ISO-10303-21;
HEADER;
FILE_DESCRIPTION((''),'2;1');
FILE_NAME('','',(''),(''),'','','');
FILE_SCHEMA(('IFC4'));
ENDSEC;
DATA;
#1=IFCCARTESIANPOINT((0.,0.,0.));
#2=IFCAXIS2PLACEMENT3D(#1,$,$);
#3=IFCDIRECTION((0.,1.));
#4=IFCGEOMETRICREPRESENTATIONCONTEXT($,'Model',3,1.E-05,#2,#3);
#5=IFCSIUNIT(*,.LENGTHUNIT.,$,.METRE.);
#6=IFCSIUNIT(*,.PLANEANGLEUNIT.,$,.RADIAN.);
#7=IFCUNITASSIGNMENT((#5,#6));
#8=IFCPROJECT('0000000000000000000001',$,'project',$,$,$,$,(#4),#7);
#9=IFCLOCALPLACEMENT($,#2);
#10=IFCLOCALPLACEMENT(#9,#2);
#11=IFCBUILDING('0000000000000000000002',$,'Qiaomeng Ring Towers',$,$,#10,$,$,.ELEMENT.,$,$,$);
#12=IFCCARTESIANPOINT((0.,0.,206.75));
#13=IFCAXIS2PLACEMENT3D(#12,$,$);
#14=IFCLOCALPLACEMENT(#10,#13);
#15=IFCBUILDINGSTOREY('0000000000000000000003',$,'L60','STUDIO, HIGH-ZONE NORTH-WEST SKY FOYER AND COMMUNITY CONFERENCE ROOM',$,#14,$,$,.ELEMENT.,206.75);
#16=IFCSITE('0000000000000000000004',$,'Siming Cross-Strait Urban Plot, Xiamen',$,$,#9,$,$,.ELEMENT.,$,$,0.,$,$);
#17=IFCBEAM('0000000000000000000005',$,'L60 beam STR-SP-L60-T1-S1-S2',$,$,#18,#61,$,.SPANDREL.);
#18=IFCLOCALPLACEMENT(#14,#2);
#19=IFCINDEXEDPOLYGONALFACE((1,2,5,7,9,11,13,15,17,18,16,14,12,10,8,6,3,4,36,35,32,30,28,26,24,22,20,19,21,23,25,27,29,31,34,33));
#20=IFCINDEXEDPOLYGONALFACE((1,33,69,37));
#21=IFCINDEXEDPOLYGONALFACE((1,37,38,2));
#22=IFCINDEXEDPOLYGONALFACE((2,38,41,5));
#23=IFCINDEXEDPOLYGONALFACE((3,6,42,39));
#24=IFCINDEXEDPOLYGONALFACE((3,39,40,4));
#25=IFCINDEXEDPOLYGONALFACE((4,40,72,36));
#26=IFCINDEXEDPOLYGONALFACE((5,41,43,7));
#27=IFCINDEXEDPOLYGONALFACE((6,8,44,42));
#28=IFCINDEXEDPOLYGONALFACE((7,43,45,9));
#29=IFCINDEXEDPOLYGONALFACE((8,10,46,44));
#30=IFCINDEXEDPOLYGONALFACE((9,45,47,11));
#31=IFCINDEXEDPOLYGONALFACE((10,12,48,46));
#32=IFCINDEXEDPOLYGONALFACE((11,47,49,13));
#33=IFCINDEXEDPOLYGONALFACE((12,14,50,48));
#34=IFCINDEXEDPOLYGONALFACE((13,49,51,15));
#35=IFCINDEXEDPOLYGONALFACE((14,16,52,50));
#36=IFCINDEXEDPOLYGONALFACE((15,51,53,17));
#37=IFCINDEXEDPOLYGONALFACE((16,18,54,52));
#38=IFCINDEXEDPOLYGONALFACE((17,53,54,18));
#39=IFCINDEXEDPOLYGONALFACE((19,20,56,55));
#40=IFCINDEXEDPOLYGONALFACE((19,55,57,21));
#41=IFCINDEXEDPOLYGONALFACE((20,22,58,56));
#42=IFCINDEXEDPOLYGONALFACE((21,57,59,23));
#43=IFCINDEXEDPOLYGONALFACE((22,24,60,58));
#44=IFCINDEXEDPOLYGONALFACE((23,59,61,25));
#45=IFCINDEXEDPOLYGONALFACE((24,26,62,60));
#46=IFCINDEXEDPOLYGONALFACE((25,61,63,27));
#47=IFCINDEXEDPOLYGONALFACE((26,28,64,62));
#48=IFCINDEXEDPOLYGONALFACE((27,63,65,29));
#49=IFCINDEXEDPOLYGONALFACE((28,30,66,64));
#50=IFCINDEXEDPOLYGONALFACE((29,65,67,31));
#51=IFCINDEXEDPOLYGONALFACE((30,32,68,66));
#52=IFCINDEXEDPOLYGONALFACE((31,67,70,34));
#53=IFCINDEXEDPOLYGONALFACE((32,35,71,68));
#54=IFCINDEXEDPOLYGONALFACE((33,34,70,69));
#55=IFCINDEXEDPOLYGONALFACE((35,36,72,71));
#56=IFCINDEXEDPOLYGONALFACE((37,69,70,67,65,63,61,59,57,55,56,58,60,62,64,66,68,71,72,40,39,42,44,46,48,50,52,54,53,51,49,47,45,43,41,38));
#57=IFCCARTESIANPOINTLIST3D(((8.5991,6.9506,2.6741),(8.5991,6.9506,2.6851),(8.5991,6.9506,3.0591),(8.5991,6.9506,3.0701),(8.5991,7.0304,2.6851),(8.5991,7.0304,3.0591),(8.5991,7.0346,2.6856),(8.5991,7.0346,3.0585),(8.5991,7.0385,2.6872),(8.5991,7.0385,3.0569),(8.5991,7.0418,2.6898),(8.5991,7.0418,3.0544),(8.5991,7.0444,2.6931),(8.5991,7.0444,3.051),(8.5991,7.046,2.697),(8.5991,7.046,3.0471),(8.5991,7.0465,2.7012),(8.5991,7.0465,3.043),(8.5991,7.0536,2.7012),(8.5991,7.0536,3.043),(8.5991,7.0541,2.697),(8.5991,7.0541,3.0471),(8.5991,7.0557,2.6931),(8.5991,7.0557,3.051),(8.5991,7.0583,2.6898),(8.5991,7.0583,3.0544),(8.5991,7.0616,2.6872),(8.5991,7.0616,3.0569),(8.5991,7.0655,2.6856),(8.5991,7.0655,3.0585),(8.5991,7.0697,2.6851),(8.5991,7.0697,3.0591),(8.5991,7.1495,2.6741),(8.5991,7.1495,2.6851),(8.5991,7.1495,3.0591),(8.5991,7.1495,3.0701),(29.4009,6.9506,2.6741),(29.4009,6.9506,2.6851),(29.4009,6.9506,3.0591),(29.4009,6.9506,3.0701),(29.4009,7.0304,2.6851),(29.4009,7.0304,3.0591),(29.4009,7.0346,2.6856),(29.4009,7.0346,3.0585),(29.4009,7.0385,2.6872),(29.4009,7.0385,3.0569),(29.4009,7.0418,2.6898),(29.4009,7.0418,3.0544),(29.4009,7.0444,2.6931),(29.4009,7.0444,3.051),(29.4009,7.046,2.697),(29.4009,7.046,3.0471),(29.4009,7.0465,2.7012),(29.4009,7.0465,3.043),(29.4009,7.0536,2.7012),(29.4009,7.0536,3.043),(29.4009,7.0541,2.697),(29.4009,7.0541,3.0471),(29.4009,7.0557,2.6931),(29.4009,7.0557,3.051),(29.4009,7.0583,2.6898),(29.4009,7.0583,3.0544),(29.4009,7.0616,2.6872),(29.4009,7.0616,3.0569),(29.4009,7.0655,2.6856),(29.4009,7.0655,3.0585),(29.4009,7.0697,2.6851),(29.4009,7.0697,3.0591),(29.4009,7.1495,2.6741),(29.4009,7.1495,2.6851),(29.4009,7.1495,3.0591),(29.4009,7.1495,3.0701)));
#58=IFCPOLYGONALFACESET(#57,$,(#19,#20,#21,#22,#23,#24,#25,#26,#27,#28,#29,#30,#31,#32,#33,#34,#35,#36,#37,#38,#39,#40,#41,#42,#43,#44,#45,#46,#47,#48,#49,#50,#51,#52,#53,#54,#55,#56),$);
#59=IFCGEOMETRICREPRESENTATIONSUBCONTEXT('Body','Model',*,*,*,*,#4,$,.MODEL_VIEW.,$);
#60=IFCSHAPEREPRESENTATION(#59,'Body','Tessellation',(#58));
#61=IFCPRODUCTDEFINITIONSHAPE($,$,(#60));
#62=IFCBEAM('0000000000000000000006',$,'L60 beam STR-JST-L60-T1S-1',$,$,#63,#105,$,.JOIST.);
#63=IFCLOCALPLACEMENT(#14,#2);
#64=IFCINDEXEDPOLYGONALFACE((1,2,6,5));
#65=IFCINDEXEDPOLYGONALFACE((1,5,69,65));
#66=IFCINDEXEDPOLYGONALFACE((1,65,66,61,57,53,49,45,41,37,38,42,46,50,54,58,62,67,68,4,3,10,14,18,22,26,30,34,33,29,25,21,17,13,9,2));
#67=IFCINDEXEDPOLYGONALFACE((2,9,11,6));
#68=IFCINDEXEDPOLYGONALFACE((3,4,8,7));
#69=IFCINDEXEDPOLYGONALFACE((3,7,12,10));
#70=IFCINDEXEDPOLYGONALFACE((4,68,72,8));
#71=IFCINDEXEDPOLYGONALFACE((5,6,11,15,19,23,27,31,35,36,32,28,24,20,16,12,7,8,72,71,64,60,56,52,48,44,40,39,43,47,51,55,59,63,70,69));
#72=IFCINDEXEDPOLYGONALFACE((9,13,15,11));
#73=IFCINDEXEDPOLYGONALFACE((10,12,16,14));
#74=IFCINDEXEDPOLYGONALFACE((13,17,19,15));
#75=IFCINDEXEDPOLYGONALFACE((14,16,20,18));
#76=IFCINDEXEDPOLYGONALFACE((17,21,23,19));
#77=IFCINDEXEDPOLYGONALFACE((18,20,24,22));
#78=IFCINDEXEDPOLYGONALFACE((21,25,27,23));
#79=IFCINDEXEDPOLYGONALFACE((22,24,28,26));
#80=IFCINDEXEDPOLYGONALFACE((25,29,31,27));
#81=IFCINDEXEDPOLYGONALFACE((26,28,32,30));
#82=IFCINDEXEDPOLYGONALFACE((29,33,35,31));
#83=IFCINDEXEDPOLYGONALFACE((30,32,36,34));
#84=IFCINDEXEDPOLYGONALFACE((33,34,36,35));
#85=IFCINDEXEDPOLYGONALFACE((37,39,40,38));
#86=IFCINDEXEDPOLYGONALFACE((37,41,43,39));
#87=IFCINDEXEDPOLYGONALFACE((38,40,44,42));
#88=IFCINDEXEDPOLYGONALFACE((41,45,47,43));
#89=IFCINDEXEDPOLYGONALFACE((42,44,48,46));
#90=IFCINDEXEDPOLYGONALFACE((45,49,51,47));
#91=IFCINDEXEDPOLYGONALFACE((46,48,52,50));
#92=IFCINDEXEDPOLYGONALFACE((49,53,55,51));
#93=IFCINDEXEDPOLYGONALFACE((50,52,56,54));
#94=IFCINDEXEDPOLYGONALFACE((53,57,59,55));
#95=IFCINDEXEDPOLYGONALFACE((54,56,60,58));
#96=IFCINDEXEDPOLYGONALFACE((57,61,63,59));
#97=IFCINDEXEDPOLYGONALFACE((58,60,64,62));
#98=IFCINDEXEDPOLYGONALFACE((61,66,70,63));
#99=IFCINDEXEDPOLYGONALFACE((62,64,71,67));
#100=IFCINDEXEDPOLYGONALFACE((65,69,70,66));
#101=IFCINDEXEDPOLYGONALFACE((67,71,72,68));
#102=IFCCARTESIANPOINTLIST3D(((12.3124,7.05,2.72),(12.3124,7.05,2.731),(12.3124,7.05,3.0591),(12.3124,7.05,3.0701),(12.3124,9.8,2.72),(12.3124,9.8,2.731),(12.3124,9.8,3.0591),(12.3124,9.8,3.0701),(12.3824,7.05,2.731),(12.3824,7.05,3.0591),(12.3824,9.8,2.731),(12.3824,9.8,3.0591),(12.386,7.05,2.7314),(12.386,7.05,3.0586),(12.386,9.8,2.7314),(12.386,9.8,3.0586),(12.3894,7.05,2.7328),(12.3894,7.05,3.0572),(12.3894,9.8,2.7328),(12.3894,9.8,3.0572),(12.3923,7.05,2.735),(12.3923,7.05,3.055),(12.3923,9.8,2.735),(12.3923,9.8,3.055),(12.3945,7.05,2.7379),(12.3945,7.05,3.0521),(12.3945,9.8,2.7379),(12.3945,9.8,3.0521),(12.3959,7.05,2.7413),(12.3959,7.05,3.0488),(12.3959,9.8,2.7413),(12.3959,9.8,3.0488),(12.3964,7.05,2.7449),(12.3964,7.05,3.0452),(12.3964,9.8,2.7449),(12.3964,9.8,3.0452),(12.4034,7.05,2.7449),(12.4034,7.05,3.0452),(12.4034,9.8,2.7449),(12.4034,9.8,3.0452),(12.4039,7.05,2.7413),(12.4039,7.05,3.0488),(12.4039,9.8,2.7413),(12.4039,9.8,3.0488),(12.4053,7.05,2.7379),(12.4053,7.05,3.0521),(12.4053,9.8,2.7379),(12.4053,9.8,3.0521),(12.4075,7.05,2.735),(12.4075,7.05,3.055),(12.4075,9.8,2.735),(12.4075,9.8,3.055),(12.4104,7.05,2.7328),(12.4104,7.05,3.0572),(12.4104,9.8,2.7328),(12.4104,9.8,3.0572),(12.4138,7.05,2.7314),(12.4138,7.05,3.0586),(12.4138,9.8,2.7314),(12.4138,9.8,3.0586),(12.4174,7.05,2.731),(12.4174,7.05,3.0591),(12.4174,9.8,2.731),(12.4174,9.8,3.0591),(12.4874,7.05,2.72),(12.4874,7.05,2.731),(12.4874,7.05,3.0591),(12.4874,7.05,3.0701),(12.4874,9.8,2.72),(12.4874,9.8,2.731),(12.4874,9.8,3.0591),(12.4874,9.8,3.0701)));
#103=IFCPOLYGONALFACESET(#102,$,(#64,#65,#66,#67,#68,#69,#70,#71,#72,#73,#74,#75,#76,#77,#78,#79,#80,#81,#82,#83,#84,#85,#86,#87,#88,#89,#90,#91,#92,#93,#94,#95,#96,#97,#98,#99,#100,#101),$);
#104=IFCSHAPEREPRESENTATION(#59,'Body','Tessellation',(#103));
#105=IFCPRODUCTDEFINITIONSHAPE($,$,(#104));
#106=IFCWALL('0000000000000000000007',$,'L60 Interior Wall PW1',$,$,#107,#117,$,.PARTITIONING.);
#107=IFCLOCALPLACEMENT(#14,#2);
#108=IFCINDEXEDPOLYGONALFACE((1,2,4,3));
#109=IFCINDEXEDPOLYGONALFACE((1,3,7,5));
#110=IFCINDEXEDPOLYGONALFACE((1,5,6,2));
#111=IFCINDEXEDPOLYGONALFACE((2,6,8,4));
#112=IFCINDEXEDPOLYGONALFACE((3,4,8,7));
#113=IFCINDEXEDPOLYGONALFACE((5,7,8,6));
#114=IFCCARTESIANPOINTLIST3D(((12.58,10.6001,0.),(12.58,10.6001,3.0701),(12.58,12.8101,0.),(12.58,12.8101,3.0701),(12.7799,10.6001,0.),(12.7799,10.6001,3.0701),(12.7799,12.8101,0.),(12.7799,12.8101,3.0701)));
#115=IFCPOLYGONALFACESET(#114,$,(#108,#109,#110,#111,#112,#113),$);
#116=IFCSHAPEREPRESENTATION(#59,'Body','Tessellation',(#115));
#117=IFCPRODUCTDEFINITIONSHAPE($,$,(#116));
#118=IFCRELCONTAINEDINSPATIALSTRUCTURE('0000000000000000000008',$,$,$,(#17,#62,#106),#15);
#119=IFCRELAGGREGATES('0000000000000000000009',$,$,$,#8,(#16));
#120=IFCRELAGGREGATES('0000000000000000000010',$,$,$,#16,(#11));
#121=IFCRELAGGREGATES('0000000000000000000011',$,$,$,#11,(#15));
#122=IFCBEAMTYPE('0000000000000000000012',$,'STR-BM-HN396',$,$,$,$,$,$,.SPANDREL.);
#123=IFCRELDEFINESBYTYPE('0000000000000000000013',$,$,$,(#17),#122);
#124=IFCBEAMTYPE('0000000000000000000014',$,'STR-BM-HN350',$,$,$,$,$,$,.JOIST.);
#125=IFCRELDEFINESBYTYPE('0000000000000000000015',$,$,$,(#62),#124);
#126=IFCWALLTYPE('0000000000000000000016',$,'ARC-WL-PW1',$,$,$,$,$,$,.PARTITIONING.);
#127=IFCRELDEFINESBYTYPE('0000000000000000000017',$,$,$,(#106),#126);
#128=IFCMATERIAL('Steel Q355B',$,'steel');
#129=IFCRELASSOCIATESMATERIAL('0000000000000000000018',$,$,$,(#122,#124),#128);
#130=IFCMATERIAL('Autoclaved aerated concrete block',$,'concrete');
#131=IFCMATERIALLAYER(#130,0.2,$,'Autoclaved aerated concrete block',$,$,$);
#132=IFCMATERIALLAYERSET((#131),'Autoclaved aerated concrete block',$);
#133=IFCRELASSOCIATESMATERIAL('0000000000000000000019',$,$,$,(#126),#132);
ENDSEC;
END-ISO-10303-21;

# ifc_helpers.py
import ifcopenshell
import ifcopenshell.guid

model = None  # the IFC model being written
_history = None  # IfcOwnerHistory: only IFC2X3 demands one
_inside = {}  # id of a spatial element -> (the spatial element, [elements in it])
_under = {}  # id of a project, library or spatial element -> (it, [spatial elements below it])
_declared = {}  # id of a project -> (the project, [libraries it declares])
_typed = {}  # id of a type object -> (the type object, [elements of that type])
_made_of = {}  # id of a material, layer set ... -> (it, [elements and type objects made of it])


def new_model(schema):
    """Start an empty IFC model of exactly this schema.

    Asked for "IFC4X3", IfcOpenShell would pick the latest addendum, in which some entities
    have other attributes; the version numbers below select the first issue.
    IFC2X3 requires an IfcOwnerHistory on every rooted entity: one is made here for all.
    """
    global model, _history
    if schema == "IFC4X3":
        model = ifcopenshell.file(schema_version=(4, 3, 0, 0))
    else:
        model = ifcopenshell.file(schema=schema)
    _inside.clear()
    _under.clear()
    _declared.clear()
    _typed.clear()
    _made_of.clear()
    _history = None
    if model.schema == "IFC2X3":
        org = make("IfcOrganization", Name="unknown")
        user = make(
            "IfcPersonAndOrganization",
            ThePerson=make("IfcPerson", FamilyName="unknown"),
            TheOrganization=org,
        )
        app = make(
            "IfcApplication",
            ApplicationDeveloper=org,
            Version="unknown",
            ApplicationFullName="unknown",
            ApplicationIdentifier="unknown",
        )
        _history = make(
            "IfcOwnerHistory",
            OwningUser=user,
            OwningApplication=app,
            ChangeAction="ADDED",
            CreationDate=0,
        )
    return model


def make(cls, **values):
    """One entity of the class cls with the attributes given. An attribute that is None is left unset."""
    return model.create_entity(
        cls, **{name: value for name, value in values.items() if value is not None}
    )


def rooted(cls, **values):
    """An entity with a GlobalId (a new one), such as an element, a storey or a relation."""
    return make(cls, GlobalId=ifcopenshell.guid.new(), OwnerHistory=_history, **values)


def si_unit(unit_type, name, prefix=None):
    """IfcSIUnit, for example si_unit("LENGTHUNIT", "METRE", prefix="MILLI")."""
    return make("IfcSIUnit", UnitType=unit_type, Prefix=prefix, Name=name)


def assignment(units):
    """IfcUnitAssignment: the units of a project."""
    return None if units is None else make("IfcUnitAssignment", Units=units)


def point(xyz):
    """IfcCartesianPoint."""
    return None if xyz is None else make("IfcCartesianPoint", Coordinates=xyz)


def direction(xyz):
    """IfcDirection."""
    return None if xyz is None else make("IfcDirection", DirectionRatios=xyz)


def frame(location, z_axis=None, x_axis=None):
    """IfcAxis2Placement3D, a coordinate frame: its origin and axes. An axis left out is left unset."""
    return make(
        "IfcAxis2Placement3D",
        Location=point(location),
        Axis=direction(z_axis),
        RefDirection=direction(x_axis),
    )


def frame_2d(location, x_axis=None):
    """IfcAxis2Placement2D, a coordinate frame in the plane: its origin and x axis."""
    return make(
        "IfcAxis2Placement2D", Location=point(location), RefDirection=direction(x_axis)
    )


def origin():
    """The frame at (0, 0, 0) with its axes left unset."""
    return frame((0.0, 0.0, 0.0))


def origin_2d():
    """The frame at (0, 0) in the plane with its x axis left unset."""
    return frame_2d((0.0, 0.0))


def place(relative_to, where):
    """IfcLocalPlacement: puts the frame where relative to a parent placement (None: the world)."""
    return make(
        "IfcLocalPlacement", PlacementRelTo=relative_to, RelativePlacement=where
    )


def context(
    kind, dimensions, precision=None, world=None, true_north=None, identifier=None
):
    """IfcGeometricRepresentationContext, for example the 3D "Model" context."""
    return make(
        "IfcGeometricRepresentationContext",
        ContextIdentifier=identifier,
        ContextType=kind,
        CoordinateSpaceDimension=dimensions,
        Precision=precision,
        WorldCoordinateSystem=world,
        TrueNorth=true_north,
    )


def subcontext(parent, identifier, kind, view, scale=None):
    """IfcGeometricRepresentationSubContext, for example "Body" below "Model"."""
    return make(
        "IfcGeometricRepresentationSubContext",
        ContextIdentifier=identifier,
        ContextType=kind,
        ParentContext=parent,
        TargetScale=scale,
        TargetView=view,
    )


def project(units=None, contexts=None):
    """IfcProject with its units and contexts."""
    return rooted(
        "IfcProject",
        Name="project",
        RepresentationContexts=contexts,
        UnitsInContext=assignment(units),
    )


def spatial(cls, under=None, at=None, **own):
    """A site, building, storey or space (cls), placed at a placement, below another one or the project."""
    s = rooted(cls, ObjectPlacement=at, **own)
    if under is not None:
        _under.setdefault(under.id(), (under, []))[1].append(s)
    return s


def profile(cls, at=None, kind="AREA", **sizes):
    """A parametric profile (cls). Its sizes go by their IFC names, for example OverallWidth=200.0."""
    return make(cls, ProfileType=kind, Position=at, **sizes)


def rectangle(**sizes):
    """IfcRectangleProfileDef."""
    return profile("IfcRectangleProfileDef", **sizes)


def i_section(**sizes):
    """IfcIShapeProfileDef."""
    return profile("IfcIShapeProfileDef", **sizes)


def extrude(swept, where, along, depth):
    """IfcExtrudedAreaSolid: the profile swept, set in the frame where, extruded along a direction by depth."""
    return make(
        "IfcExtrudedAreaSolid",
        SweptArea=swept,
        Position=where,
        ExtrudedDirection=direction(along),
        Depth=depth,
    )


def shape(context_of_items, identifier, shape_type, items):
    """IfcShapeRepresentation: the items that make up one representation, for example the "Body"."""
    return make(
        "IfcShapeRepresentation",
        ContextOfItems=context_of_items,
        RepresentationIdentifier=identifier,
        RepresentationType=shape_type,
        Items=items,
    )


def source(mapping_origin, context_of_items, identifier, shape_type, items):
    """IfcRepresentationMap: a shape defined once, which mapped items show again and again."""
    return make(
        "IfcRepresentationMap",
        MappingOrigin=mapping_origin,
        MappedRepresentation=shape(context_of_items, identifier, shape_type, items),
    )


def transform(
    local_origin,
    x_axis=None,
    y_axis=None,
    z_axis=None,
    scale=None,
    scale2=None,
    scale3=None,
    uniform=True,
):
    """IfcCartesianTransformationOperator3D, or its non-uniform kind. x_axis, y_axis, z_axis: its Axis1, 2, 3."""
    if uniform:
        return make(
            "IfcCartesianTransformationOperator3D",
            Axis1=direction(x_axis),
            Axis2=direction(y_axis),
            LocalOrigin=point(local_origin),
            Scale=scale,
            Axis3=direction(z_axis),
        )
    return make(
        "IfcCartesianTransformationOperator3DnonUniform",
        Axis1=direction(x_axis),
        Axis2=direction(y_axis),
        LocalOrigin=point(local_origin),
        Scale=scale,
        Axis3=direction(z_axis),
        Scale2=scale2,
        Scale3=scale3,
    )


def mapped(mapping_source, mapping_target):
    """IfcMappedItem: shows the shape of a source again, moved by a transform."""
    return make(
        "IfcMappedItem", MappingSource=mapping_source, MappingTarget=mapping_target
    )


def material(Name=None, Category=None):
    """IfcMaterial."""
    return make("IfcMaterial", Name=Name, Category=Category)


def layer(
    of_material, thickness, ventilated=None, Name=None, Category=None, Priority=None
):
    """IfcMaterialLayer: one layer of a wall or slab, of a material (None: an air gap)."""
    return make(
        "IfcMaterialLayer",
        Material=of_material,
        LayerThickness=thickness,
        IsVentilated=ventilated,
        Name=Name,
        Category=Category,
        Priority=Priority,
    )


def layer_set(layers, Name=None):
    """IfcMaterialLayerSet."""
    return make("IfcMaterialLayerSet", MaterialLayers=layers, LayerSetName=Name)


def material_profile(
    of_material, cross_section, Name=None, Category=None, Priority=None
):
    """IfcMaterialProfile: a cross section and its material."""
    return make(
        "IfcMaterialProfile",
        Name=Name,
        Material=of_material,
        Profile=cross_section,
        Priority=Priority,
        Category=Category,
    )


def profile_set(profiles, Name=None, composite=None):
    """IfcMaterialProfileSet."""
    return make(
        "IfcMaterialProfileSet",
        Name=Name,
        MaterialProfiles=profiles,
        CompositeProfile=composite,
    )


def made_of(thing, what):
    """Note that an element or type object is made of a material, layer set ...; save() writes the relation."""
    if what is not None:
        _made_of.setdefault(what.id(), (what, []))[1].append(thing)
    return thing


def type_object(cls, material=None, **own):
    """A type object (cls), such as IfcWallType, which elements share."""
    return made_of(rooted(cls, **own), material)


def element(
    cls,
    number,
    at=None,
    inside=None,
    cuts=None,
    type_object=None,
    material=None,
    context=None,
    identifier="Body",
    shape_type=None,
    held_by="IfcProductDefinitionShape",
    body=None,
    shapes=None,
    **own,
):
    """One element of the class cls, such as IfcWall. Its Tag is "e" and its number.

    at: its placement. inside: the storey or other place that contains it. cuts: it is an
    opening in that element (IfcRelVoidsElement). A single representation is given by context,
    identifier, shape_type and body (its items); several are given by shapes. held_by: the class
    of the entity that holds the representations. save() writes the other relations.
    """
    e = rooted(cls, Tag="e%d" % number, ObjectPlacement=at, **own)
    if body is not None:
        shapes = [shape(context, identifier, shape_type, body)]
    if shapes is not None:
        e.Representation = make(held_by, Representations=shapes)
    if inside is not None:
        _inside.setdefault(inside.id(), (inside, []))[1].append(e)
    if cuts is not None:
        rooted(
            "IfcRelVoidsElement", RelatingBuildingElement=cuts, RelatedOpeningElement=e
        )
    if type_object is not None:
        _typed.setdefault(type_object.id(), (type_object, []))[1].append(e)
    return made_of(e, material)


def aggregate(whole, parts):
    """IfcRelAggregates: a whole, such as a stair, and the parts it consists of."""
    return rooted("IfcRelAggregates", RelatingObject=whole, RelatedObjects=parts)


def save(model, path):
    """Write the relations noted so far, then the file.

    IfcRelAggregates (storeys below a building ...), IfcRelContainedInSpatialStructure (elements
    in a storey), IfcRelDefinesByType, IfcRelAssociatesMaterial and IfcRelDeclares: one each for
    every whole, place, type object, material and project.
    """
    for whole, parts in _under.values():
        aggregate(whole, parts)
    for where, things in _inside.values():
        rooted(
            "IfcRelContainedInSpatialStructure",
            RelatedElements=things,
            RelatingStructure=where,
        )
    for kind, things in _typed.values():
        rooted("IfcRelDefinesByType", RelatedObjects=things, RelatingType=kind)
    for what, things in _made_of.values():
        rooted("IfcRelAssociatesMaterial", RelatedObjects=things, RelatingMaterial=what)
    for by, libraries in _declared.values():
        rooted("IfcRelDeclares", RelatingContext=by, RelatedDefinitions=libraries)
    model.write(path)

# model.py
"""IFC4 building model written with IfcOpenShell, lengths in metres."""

from ifc_helpers import new_model, si_unit, direction, frame, frame_2d, origin, origin_2d, place, context, subcontext, project, spatial, rectangle, i_section, extrude, source, transform, mapped, material, layer, layer_set, material_profile, profile_set, type_object, element, save


model = new_model("IFC4")

# Units and contexts
model_context = context("Model", 3, precision=1e-05, world=origin(), true_north=direction((0.0, 1.0)))
body_context = subcontext(model_context, "Body", "Model", "MODEL_VIEW")
ifc_project = project(units=[si_unit("LENGTHUNIT", "METRE"), si_unit("PLANEANGLEUNIT", "RADIAN")], contexts=[model_context])

# Site, building, storey
site_placement = place(None, origin())
site = spatial("IfcSite", under=ifc_project, at=site_placement, Name="Siming Cross-Strait Urban Plot, Xiamen", CompositionType="ELEMENT", RefElevation=0.0)
building_placement = place(site_placement, origin())
building = spatial("IfcBuilding", under=site, at=building_placement, Name="Qiaomeng Ring Towers", CompositionType="ELEMENT")
storey_placement = place(building_placement, frame((0.0, 0.0, 206.75)))
storey = spatial("IfcBuildingStorey", under=building, at=storey_placement, Name="L60", Description="STUDIO, HIGH-ZONE NORTH-WEST SKY FOYER AND COMMUNITY CONFERENCE ROOM", CompositionType="ELEMENT", Elevation=206.75)

# Beams
ifc_material_1 = material(Name="Steel Q355B", Category="steel")
ifc_material_profile_1 = material_profile(ifc_material_1, i_section(OverallWidth=0.199, OverallDepth=0.396, WebThickness=0.0071, FlangeThickness=0.011, FilletRadius=0.0161, at=origin_2d()), Name="HN 396x199x7x11")
ifc_profile_set_1 = profile_set([ifc_material_profile_1], Name="Steel Q355B")
beam_type_1 = type_object("IfcBeamType", Name="STR-BM-HN396", PredefinedType="SPANDREL", material=ifc_profile_set_1)
shared_shape_1 = source(origin(), body_context, "Body", "SweptSolid", [
    extrude(i_section(OverallWidth=0.199, OverallDepth=0.396, WebThickness=0.0071, FlangeThickness=0.011, FilletRadius=0.0161, at=origin_2d()), origin(), (0.0, 0.0, 1.0), 20.8018),
])
beam_1_placement = place(storey_placement, frame((8.5991, 7.05, 2.8721), z_axis=(1.0, 0.0, 0.0), x_axis=(0.0, 1.0, 0.0)))
element("IfcBeam", 1, at=beam_1_placement, inside=storey, type_object=beam_type_1, Name="L60 beam STR-SP-L60-T1-S1-S2", PredefinedType="SPANDREL", context=body_context, shape_type="MappedRepresentation", body=[
    mapped(shared_shape_1, transform((0.0, 0.0, 0.0), x_axis=(1.0, 0.0, 0.0), y_axis=(0.0, 1.0, 0.0), z_axis=(0.0, 0.0, 1.0), scale=1.0)),
])
ifc_material_profile_2 = material_profile(ifc_material_1, i_section(OverallWidth=0.175, OverallDepth=0.3501, WebThickness=0.0071, FlangeThickness=0.011, FilletRadius=0.0139, at=origin_2d()), Name="HN 350x175x7x11")
ifc_profile_set_2 = profile_set([ifc_material_profile_2], Name="Steel Q355B")
beam_type_2 = type_object("IfcBeamType", Name="STR-BM-HN350", PredefinedType="JOIST", material=ifc_profile_set_2)
shared_shape_2 = source(origin(), body_context, "Body", "SweptSolid", [
    extrude(i_section(OverallWidth=0.175, OverallDepth=0.3501, WebThickness=0.0071, FlangeThickness=0.011, FilletRadius=0.0139, at=origin_2d()), origin(), (0.0, 0.0, 1.0), 2.75),
])
beam_2_placement = place(storey_placement, frame((12.3999, 7.05, 2.895), z_axis=(0.0, 1.0, 0.0), x_axis=(-1.0, 0.0, 0.0)))
element("IfcBeam", 2, at=beam_2_placement, inside=storey, type_object=beam_type_2, Name="L60 beam STR-JST-L60-T1S-1", PredefinedType="JOIST", context=body_context, shape_type="MappedRepresentation", body=[
    mapped(shared_shape_2, transform((0.0, 0.0, 0.0), x_axis=(1.0, 0.0, 0.0), y_axis=(0.0, 1.0, 0.0), z_axis=(0.0, 0.0, 1.0), scale=1.0)),
])

# Wall
ifc_material_2 = material(Name="Autoclaved aerated concrete block", Category="concrete")
ifc_layer_1 = layer(ifc_material_2, 0.2, Name="Autoclaved aerated concrete block")
ifc_layer_set_1 = layer_set([ifc_layer_1], Name="Autoclaved aerated concrete block")
wall_type_1 = type_object("IfcWallType", Name="ARC-WL-PW1", PredefinedType="PARTITIONING", material=ifc_layer_set_1)
wall_1_placement = place(storey_placement, frame((12.6799, 10.6001, 0.0), z_axis=(0.0, 0.0, 1.0), x_axis=(0.0, 1.0, 0.0)))
element("IfcWall", 3, at=wall_1_placement, inside=storey, type_object=wall_type_1, Name="L60 Interior Wall PW1", PredefinedType="PARTITIONING", context=body_context, shape_type="SweptSolid", body=[
    extrude(rectangle(XDim=2.21, YDim=0.2, at=frame_2d((1.105, 0.0))), origin(), (0.0, 0.0, 1.0), 3.0701),
])

save(model, "model.ifc")
